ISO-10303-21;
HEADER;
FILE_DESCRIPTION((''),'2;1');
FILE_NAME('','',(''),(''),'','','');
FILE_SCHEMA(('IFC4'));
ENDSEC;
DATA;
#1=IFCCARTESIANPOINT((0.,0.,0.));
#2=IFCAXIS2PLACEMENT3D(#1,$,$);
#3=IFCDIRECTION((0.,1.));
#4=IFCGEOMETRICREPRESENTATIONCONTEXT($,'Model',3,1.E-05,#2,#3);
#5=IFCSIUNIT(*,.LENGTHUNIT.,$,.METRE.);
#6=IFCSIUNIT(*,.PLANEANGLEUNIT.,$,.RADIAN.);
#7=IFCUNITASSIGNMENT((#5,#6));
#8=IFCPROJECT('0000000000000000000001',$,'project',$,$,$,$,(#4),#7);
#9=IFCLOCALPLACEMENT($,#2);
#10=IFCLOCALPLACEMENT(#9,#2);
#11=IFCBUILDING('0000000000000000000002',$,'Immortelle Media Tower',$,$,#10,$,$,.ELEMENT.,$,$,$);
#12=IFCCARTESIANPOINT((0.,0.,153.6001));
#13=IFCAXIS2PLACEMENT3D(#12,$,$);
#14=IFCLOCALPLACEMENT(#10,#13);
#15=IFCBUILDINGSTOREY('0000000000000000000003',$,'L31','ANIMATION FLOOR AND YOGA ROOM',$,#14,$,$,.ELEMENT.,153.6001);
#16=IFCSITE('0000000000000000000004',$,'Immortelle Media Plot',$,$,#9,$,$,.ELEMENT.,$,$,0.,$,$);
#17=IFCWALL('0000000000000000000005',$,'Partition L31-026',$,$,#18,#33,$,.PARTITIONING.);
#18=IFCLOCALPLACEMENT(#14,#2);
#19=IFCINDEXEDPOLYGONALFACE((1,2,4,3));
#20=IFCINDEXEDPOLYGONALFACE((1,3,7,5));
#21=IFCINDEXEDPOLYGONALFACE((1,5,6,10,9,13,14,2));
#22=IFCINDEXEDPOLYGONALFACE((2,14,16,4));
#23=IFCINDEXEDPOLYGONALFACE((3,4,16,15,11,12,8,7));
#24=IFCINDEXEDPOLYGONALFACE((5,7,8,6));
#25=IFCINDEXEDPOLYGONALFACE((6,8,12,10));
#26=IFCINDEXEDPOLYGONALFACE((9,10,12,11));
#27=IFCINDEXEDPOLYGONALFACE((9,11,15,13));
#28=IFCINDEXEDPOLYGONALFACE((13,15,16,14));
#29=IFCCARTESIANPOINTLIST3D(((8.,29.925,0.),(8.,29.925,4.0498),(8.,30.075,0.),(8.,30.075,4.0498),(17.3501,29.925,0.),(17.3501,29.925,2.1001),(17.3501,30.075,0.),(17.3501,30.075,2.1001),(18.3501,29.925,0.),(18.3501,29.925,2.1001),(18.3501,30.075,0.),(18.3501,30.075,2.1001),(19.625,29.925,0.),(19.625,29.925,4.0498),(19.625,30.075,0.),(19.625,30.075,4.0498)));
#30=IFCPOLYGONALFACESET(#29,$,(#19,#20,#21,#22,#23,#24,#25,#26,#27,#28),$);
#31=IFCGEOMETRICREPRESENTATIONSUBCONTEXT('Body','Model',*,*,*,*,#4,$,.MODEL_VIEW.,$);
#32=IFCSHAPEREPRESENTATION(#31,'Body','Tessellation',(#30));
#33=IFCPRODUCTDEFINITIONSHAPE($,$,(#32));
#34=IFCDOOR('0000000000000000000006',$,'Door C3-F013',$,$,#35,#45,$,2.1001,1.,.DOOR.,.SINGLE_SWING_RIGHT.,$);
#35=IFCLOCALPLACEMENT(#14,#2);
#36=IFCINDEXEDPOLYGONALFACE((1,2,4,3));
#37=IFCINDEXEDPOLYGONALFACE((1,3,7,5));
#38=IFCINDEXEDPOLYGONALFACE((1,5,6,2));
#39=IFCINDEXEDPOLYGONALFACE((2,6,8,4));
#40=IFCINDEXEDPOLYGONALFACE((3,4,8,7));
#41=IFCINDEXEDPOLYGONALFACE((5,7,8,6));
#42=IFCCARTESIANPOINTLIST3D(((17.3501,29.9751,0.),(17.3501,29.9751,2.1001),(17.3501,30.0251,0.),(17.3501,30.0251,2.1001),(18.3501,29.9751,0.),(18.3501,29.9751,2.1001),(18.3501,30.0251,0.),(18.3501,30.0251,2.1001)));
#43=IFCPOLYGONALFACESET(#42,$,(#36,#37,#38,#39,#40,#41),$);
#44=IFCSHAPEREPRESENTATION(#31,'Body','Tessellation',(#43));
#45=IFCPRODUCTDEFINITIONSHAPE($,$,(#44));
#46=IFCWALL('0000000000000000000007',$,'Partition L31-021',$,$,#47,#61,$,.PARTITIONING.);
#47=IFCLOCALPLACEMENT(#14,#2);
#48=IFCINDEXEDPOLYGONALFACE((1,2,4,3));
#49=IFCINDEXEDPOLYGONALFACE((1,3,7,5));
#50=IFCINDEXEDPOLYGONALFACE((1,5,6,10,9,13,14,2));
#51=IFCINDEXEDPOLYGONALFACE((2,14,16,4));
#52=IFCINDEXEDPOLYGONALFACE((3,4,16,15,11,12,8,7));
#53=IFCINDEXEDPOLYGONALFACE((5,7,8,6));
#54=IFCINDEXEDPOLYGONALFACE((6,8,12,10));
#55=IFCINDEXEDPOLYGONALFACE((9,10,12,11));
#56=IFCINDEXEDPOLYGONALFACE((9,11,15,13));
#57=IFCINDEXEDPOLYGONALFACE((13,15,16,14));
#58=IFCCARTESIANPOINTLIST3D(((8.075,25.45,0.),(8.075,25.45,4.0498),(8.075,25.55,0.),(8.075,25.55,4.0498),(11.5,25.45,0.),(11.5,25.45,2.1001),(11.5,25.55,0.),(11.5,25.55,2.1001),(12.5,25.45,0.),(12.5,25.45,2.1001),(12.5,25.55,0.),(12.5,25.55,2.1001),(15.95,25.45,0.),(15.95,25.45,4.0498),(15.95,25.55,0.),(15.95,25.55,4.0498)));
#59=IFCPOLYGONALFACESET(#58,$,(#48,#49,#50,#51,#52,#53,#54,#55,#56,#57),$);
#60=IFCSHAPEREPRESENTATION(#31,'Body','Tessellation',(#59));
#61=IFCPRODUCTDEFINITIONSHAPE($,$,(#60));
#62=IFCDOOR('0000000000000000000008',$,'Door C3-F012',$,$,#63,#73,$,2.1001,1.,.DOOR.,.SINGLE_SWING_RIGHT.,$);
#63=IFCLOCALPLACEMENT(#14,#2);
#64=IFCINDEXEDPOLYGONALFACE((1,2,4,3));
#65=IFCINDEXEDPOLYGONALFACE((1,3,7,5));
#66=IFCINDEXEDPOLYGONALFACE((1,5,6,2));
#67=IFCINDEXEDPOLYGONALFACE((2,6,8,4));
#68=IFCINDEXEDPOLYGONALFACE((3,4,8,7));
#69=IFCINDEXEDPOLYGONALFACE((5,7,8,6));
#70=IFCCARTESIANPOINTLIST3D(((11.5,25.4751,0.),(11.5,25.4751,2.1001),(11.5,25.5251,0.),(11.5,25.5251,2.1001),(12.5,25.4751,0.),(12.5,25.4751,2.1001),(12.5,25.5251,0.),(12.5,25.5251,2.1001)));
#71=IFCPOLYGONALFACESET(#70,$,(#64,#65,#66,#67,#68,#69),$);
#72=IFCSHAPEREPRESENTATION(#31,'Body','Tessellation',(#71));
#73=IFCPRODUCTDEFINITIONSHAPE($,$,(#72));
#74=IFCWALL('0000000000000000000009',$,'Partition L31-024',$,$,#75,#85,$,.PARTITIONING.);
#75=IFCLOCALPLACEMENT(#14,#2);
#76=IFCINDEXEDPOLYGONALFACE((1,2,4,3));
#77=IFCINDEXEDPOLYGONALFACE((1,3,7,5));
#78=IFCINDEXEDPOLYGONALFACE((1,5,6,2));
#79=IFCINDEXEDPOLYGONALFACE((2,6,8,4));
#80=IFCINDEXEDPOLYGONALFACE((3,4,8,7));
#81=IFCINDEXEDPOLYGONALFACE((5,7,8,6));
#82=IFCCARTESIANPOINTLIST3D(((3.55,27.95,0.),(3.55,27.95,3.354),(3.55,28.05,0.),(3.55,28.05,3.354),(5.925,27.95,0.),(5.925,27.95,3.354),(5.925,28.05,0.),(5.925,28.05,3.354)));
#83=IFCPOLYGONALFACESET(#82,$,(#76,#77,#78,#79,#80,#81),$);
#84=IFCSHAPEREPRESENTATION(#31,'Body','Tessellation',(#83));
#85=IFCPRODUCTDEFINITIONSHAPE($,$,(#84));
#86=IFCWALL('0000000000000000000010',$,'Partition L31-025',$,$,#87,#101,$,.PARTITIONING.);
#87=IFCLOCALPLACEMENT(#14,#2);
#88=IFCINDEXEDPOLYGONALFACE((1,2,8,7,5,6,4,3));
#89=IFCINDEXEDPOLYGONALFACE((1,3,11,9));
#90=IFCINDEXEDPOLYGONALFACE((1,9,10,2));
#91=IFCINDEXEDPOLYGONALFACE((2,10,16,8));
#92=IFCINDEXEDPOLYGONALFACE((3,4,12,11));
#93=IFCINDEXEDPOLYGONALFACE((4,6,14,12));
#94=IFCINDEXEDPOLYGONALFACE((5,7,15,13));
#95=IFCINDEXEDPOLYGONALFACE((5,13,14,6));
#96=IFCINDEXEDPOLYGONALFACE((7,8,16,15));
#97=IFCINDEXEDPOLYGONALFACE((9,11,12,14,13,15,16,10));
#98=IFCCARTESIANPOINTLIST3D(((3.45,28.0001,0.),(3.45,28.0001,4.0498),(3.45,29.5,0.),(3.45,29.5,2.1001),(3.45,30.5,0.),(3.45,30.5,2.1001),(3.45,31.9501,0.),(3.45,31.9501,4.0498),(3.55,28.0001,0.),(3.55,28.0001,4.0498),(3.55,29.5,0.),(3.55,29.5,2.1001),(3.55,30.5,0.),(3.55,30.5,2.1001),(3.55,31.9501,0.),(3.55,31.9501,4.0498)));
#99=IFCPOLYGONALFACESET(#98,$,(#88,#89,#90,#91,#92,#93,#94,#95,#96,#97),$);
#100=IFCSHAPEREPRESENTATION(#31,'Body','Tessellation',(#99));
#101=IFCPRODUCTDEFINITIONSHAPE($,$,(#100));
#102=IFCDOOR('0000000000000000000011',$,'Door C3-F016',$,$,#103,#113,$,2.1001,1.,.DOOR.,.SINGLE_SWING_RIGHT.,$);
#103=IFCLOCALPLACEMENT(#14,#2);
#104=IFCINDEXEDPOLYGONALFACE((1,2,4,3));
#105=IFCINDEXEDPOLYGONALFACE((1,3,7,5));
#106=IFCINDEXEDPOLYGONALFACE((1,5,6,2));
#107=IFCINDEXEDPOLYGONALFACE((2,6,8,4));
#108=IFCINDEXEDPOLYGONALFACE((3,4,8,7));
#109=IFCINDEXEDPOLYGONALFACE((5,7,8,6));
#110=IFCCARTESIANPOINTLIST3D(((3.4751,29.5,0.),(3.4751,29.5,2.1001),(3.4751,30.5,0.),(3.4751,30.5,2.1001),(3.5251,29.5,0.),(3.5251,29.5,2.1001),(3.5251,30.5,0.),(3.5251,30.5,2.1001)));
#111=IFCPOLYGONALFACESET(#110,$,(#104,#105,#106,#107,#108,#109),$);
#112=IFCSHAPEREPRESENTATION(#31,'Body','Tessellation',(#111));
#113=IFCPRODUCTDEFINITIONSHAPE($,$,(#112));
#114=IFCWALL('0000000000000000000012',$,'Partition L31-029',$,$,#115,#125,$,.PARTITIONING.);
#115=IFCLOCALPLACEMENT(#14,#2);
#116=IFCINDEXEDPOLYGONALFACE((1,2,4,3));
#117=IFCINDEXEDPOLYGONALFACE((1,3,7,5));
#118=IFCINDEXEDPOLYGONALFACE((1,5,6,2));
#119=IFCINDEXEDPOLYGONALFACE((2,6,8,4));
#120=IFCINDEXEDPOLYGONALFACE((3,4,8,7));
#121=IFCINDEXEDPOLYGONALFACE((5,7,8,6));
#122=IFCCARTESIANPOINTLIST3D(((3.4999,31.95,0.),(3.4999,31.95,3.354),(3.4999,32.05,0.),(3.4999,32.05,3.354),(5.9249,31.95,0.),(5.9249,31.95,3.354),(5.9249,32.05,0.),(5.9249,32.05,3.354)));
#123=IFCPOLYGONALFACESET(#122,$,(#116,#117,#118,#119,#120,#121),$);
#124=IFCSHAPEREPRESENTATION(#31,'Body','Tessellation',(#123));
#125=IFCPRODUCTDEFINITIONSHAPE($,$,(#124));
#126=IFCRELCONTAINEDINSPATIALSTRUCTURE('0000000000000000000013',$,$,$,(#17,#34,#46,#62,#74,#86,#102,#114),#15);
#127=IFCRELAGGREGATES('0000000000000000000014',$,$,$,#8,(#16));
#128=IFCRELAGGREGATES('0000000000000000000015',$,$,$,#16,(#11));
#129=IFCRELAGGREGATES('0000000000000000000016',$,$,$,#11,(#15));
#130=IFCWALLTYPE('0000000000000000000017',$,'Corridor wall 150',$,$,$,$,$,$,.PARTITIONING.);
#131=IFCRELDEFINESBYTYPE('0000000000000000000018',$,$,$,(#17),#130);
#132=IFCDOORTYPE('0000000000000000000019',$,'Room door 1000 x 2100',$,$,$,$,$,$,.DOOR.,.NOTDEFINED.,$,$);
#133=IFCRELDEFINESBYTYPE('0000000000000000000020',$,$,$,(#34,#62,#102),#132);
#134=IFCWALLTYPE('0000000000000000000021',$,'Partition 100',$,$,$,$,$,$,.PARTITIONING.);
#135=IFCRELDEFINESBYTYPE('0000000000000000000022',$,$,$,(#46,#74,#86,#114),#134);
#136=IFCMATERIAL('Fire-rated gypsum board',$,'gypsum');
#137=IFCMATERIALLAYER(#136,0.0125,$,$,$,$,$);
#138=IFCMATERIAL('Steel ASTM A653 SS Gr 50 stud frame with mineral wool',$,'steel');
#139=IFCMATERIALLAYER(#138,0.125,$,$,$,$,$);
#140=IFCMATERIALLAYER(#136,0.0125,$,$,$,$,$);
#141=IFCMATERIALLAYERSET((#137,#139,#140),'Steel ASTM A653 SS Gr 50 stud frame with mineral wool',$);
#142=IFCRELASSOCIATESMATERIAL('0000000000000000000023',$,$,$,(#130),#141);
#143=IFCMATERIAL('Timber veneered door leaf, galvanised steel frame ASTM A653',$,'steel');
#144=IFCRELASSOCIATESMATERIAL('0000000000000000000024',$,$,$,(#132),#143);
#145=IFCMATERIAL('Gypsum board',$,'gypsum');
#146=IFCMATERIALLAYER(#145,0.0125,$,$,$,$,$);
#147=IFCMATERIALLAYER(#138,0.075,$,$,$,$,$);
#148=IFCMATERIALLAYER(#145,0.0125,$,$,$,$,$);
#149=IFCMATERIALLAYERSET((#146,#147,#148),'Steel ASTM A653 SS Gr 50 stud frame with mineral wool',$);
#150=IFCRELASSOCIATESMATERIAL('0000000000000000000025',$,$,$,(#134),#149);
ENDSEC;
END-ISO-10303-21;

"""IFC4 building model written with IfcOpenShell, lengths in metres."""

from ifc_helpers import new_model, si_unit, direction, frame, frame_2d, origin, place, context, subcontext, project, spatial, rectangle, extrude, material, layer, layer_set, type_object, element, fill, save


model = new_model("IFC4")

# Units and contexts
model_context = context("Model", 3, precision=1e-05, world=origin(), true_north=direction((0.0, 1.0)))
body_context = subcontext(model_context, "Body", "Model", "MODEL_VIEW")
ifc_project = project(units=[si_unit("LENGTHUNIT", "METRE"), si_unit("PLANEANGLEUNIT", "RADIAN")], contexts=[model_context])

# Site, building, storey
site_placement = place(None, origin())
site = spatial("IfcSite", under=ifc_project, at=site_placement, Name="Immortelle Media Plot", CompositionType="ELEMENT", RefElevation=0.0)
building_placement = place(site_placement, origin())
building = spatial("IfcBuilding", under=site, at=building_placement, Name="Immortelle Media Tower", CompositionType="ELEMENT")
storey_placement = place(building_placement, frame((0.0, 0.0, 153.6001)))
storey = spatial("IfcBuildingStorey", under=building, at=storey_placement, Name="L31", Description="ANIMATION FLOOR AND YOGA ROOM", CompositionType="ELEMENT", Elevation=153.6001)

# Walls, openings, doors
ifc_material_1 = material(Name="Fire-rated gypsum board", Category="gypsum")
ifc_layer_1 = layer(ifc_material_1, 0.0125)
ifc_material_2 = material(Name="Steel ASTM A653 SS Gr 50 stud frame with mineral wool", Category="steel")
ifc_layer_2 = layer(ifc_material_2, 0.125)
ifc_layer_3 = layer(ifc_material_1, 0.0125)
ifc_layer_set_1 = layer_set([ifc_layer_1, ifc_layer_2, ifc_layer_3], Name="Steel ASTM A653 SS Gr 50 stud frame with mineral wool")
wall_type_1 = type_object("IfcWallType", Name="Corridor wall 150", PredefinedType="PARTITIONING", material=ifc_layer_set_1)
ifc_material_3 = material(Name="Timber veneered door leaf, galvanised steel frame ASTM A653", Category="steel")
door_type = type_object("IfcDoorType", Name="Room door 1000 x 2100", OperationType="NOTDEFINED", PredefinedType="DOOR", material=ifc_material_3)
wall_1_placement = place(storey_placement, frame((8.0, 30.0, 0.0), z_axis=(0.0, 0.0, 1.0), x_axis=(1.0, 0.0, 0.0)))
wall_1 = element("IfcWall", 1, at=wall_1_placement, inside=storey, type_object=wall_type_1, Name="Partition L31-026", PredefinedType="PARTITIONING", context=body_context, shape_type="SweptSolid", body=[
    extrude(rectangle(XDim=11.625, YDim=0.1499, at=frame_2d((5.8125, 0.0))), origin(), (0.0, 0.0, 1.0), 4.0498),
])
opening_1_placement = place(wall_1_placement, frame((10.3501, 0.0, 0.0), z_axis=(0.0, 0.0, 1.0), x_axis=(-1.0, 0.0, 0.0)))
opening_1 = element("IfcOpeningElement", 2, at=opening_1_placement, cuts=wall_1, PredefinedType="OPENING", context=body_context, shape_type="SweptSolid", body=[
    extrude(rectangle(XDim=1.0, YDim=2.1001, at=frame_2d((0.5, 1.05))), frame((0.0, 0.085, 0.0), z_axis=(0.0, -1.0, 0.0), x_axis=(1.0, 0.0, 0.0)), (0.0, 0.0, 1.0), 0.1699),
])
door_1_placement = place(opening_1_placement, origin())
door_1 = element("IfcDoor", 3, at=door_1_placement, inside=storey, type_object=door_type, Name="Door C3-F013", OperationType="SINGLE_SWING_RIGHT", OverallHeight=2.1001, OverallWidth=1.0, PredefinedType="DOOR", context=body_context, shape_type="SweptSolid", body=[
    extrude(rectangle(XDim=1.0, YDim=2.1001, at=frame_2d((0.5, 1.05))), frame((0.0, 0.0249, 0.0), z_axis=(0.0, -1.0, 0.0), x_axis=(1.0, 0.0, 0.0)), (0.0, 0.0, 1.0), 0.05),
])
fill(opening_1, door_1)
ifc_material_4 = material(Name="Gypsum board", Category="gypsum")
ifc_layer_4 = layer(ifc_material_4, 0.0125)
ifc_layer_5 = layer(ifc_material_2, 0.075)
ifc_layer_6 = layer(ifc_material_4, 0.0125)
ifc_layer_set_2 = layer_set([ifc_layer_4, ifc_layer_5, ifc_layer_6], Name="Steel ASTM A653 SS Gr 50 stud frame with mineral wool")
wall_type_2 = type_object("IfcWallType", Name="Partition 100", PredefinedType="PARTITIONING", material=ifc_layer_set_2)
wall_2_placement = place(storey_placement, frame((8.075, 25.5, 0.0), z_axis=(0.0, 0.0, 1.0), x_axis=(1.0, 0.0, 0.0)))
wall_2 = element("IfcWall", 4, at=wall_2_placement, inside=storey, type_object=wall_type_2, Name="Partition L31-021", PredefinedType="PARTITIONING", context=body_context, shape_type="SweptSolid", body=[
    extrude(rectangle(XDim=7.875, YDim=0.1001, at=frame_2d((3.9375, 0.0))), origin(), (0.0, 0.0, 1.0), 4.0498),
])
opening_2_placement = place(wall_2_placement, frame((4.425, 0.0, 0.0), z_axis=(0.0, 0.0, 1.0), x_axis=(-1.0, 0.0, 0.0)))
opening_2 = element("IfcOpeningElement", 5, at=opening_2_placement, cuts=wall_2, PredefinedType="OPENING", context=body_context, shape_type="SweptSolid", body=[
    extrude(rectangle(XDim=1.0, YDim=2.1001, at=frame_2d((0.5, 1.05))), frame((0.0, 0.0601, 0.0), z_axis=(0.0, -1.0, 0.0), x_axis=(1.0, 0.0, 0.0)), (0.0, 0.0, 1.0), 0.1201),
])
door_2_placement = place(opening_2_placement, origin())
door_2 = element("IfcDoor", 6, at=door_2_placement, inside=storey, type_object=door_type, Name="Door C3-F012", OperationType="SINGLE_SWING_RIGHT", OverallHeight=2.1001, OverallWidth=1.0, PredefinedType="DOOR", context=body_context, shape_type="SweptSolid", body=[
    extrude(rectangle(XDim=1.0, YDim=2.1001, at=frame_2d((0.5, 1.05))), frame((0.0, 0.0249, 0.0), z_axis=(0.0, -1.0, 0.0), x_axis=(1.0, 0.0, 0.0)), (0.0, 0.0, 1.0), 0.05),
])
fill(opening_2, door_2)

# Wall
wall_3_placement = place(storey_placement, frame((3.55, 28.0, 0.0), z_axis=(0.0, 0.0, 1.0), x_axis=(1.0, 0.0, 0.0)))
element("IfcWall", 7, at=wall_3_placement, inside=storey, type_object=wall_type_2, Name="Partition L31-024", PredefinedType="PARTITIONING", context=body_context, shape_type="SweptSolid", body=[
    extrude(rectangle(XDim=2.375, YDim=0.1001, at=frame_2d((1.1875, 0.0))), origin(), (0.0, 0.0, 1.0), 3.354),
])

# Wall, opening, door
wall_4_placement = place(storey_placement, frame((3.5, 28.0, 0.0), z_axis=(0.0, 0.0, 1.0), x_axis=(0.0, 1.0, 0.0)))
wall_4 = element("IfcWall", 8, at=wall_4_placement, inside=storey, type_object=wall_type_2, Name="Partition L31-025", PredefinedType="PARTITIONING", context=body_context, shape_type="SweptSolid", body=[
    extrude(rectangle(XDim=3.95, YDim=0.1001, at=frame_2d((1.9751, 0.0))), origin(), (0.0, 0.0, 1.0), 4.0498),
])
opening_3_placement = place(wall_4_placement, frame((1.5, 0.0, 0.0)))
opening_3 = element("IfcOpeningElement", 9, at=opening_3_placement, cuts=wall_4, PredefinedType="OPENING", context=body_context, shape_type="SweptSolid", body=[
    extrude(rectangle(XDim=1.0, YDim=2.1001, at=frame_2d((0.5, 1.05))), frame((0.0, 0.0601, 0.0), z_axis=(0.0, -1.0, 0.0), x_axis=(1.0, 0.0, 0.0)), (0.0, 0.0, 1.0), 0.1201),
])
door_3_placement = place(opening_3_placement, origin())
door_3 = element("IfcDoor", 10, at=door_3_placement, inside=storey, type_object=door_type, Name="Door C3-F016", OperationType="SINGLE_SWING_RIGHT", OverallHeight=2.1001, OverallWidth=1.0, PredefinedType="DOOR", context=body_context, shape_type="SweptSolid", body=[
    extrude(rectangle(XDim=1.0, YDim=2.1001, at=frame_2d((0.5, 1.05))), frame((0.0, 0.0249, 0.0), z_axis=(0.0, -1.0, 0.0), x_axis=(1.0, 0.0, 0.0)), (0.0, 0.0, 1.0), 0.05),
])
fill(opening_3, door_3)

# Wall
wall_5_placement = place(storey_placement, frame((3.5, 32.0, 0.0), z_axis=(0.0, 0.0, 1.0), x_axis=(1.0, 0.0, 0.0)))
element("IfcWall", 11, at=wall_5_placement, inside=storey, type_object=wall_type_2, Name="Partition L31-029", PredefinedType="PARTITIONING", context=body_context, shape_type="SweptSolid", body=[
    extrude(rectangle(XDim=2.425, YDim=0.1001, at=frame_2d((1.2124, 0.0))), origin(), (0.0, 0.0, 1.0), 3.354),
])

save(model, "model.ifc")
